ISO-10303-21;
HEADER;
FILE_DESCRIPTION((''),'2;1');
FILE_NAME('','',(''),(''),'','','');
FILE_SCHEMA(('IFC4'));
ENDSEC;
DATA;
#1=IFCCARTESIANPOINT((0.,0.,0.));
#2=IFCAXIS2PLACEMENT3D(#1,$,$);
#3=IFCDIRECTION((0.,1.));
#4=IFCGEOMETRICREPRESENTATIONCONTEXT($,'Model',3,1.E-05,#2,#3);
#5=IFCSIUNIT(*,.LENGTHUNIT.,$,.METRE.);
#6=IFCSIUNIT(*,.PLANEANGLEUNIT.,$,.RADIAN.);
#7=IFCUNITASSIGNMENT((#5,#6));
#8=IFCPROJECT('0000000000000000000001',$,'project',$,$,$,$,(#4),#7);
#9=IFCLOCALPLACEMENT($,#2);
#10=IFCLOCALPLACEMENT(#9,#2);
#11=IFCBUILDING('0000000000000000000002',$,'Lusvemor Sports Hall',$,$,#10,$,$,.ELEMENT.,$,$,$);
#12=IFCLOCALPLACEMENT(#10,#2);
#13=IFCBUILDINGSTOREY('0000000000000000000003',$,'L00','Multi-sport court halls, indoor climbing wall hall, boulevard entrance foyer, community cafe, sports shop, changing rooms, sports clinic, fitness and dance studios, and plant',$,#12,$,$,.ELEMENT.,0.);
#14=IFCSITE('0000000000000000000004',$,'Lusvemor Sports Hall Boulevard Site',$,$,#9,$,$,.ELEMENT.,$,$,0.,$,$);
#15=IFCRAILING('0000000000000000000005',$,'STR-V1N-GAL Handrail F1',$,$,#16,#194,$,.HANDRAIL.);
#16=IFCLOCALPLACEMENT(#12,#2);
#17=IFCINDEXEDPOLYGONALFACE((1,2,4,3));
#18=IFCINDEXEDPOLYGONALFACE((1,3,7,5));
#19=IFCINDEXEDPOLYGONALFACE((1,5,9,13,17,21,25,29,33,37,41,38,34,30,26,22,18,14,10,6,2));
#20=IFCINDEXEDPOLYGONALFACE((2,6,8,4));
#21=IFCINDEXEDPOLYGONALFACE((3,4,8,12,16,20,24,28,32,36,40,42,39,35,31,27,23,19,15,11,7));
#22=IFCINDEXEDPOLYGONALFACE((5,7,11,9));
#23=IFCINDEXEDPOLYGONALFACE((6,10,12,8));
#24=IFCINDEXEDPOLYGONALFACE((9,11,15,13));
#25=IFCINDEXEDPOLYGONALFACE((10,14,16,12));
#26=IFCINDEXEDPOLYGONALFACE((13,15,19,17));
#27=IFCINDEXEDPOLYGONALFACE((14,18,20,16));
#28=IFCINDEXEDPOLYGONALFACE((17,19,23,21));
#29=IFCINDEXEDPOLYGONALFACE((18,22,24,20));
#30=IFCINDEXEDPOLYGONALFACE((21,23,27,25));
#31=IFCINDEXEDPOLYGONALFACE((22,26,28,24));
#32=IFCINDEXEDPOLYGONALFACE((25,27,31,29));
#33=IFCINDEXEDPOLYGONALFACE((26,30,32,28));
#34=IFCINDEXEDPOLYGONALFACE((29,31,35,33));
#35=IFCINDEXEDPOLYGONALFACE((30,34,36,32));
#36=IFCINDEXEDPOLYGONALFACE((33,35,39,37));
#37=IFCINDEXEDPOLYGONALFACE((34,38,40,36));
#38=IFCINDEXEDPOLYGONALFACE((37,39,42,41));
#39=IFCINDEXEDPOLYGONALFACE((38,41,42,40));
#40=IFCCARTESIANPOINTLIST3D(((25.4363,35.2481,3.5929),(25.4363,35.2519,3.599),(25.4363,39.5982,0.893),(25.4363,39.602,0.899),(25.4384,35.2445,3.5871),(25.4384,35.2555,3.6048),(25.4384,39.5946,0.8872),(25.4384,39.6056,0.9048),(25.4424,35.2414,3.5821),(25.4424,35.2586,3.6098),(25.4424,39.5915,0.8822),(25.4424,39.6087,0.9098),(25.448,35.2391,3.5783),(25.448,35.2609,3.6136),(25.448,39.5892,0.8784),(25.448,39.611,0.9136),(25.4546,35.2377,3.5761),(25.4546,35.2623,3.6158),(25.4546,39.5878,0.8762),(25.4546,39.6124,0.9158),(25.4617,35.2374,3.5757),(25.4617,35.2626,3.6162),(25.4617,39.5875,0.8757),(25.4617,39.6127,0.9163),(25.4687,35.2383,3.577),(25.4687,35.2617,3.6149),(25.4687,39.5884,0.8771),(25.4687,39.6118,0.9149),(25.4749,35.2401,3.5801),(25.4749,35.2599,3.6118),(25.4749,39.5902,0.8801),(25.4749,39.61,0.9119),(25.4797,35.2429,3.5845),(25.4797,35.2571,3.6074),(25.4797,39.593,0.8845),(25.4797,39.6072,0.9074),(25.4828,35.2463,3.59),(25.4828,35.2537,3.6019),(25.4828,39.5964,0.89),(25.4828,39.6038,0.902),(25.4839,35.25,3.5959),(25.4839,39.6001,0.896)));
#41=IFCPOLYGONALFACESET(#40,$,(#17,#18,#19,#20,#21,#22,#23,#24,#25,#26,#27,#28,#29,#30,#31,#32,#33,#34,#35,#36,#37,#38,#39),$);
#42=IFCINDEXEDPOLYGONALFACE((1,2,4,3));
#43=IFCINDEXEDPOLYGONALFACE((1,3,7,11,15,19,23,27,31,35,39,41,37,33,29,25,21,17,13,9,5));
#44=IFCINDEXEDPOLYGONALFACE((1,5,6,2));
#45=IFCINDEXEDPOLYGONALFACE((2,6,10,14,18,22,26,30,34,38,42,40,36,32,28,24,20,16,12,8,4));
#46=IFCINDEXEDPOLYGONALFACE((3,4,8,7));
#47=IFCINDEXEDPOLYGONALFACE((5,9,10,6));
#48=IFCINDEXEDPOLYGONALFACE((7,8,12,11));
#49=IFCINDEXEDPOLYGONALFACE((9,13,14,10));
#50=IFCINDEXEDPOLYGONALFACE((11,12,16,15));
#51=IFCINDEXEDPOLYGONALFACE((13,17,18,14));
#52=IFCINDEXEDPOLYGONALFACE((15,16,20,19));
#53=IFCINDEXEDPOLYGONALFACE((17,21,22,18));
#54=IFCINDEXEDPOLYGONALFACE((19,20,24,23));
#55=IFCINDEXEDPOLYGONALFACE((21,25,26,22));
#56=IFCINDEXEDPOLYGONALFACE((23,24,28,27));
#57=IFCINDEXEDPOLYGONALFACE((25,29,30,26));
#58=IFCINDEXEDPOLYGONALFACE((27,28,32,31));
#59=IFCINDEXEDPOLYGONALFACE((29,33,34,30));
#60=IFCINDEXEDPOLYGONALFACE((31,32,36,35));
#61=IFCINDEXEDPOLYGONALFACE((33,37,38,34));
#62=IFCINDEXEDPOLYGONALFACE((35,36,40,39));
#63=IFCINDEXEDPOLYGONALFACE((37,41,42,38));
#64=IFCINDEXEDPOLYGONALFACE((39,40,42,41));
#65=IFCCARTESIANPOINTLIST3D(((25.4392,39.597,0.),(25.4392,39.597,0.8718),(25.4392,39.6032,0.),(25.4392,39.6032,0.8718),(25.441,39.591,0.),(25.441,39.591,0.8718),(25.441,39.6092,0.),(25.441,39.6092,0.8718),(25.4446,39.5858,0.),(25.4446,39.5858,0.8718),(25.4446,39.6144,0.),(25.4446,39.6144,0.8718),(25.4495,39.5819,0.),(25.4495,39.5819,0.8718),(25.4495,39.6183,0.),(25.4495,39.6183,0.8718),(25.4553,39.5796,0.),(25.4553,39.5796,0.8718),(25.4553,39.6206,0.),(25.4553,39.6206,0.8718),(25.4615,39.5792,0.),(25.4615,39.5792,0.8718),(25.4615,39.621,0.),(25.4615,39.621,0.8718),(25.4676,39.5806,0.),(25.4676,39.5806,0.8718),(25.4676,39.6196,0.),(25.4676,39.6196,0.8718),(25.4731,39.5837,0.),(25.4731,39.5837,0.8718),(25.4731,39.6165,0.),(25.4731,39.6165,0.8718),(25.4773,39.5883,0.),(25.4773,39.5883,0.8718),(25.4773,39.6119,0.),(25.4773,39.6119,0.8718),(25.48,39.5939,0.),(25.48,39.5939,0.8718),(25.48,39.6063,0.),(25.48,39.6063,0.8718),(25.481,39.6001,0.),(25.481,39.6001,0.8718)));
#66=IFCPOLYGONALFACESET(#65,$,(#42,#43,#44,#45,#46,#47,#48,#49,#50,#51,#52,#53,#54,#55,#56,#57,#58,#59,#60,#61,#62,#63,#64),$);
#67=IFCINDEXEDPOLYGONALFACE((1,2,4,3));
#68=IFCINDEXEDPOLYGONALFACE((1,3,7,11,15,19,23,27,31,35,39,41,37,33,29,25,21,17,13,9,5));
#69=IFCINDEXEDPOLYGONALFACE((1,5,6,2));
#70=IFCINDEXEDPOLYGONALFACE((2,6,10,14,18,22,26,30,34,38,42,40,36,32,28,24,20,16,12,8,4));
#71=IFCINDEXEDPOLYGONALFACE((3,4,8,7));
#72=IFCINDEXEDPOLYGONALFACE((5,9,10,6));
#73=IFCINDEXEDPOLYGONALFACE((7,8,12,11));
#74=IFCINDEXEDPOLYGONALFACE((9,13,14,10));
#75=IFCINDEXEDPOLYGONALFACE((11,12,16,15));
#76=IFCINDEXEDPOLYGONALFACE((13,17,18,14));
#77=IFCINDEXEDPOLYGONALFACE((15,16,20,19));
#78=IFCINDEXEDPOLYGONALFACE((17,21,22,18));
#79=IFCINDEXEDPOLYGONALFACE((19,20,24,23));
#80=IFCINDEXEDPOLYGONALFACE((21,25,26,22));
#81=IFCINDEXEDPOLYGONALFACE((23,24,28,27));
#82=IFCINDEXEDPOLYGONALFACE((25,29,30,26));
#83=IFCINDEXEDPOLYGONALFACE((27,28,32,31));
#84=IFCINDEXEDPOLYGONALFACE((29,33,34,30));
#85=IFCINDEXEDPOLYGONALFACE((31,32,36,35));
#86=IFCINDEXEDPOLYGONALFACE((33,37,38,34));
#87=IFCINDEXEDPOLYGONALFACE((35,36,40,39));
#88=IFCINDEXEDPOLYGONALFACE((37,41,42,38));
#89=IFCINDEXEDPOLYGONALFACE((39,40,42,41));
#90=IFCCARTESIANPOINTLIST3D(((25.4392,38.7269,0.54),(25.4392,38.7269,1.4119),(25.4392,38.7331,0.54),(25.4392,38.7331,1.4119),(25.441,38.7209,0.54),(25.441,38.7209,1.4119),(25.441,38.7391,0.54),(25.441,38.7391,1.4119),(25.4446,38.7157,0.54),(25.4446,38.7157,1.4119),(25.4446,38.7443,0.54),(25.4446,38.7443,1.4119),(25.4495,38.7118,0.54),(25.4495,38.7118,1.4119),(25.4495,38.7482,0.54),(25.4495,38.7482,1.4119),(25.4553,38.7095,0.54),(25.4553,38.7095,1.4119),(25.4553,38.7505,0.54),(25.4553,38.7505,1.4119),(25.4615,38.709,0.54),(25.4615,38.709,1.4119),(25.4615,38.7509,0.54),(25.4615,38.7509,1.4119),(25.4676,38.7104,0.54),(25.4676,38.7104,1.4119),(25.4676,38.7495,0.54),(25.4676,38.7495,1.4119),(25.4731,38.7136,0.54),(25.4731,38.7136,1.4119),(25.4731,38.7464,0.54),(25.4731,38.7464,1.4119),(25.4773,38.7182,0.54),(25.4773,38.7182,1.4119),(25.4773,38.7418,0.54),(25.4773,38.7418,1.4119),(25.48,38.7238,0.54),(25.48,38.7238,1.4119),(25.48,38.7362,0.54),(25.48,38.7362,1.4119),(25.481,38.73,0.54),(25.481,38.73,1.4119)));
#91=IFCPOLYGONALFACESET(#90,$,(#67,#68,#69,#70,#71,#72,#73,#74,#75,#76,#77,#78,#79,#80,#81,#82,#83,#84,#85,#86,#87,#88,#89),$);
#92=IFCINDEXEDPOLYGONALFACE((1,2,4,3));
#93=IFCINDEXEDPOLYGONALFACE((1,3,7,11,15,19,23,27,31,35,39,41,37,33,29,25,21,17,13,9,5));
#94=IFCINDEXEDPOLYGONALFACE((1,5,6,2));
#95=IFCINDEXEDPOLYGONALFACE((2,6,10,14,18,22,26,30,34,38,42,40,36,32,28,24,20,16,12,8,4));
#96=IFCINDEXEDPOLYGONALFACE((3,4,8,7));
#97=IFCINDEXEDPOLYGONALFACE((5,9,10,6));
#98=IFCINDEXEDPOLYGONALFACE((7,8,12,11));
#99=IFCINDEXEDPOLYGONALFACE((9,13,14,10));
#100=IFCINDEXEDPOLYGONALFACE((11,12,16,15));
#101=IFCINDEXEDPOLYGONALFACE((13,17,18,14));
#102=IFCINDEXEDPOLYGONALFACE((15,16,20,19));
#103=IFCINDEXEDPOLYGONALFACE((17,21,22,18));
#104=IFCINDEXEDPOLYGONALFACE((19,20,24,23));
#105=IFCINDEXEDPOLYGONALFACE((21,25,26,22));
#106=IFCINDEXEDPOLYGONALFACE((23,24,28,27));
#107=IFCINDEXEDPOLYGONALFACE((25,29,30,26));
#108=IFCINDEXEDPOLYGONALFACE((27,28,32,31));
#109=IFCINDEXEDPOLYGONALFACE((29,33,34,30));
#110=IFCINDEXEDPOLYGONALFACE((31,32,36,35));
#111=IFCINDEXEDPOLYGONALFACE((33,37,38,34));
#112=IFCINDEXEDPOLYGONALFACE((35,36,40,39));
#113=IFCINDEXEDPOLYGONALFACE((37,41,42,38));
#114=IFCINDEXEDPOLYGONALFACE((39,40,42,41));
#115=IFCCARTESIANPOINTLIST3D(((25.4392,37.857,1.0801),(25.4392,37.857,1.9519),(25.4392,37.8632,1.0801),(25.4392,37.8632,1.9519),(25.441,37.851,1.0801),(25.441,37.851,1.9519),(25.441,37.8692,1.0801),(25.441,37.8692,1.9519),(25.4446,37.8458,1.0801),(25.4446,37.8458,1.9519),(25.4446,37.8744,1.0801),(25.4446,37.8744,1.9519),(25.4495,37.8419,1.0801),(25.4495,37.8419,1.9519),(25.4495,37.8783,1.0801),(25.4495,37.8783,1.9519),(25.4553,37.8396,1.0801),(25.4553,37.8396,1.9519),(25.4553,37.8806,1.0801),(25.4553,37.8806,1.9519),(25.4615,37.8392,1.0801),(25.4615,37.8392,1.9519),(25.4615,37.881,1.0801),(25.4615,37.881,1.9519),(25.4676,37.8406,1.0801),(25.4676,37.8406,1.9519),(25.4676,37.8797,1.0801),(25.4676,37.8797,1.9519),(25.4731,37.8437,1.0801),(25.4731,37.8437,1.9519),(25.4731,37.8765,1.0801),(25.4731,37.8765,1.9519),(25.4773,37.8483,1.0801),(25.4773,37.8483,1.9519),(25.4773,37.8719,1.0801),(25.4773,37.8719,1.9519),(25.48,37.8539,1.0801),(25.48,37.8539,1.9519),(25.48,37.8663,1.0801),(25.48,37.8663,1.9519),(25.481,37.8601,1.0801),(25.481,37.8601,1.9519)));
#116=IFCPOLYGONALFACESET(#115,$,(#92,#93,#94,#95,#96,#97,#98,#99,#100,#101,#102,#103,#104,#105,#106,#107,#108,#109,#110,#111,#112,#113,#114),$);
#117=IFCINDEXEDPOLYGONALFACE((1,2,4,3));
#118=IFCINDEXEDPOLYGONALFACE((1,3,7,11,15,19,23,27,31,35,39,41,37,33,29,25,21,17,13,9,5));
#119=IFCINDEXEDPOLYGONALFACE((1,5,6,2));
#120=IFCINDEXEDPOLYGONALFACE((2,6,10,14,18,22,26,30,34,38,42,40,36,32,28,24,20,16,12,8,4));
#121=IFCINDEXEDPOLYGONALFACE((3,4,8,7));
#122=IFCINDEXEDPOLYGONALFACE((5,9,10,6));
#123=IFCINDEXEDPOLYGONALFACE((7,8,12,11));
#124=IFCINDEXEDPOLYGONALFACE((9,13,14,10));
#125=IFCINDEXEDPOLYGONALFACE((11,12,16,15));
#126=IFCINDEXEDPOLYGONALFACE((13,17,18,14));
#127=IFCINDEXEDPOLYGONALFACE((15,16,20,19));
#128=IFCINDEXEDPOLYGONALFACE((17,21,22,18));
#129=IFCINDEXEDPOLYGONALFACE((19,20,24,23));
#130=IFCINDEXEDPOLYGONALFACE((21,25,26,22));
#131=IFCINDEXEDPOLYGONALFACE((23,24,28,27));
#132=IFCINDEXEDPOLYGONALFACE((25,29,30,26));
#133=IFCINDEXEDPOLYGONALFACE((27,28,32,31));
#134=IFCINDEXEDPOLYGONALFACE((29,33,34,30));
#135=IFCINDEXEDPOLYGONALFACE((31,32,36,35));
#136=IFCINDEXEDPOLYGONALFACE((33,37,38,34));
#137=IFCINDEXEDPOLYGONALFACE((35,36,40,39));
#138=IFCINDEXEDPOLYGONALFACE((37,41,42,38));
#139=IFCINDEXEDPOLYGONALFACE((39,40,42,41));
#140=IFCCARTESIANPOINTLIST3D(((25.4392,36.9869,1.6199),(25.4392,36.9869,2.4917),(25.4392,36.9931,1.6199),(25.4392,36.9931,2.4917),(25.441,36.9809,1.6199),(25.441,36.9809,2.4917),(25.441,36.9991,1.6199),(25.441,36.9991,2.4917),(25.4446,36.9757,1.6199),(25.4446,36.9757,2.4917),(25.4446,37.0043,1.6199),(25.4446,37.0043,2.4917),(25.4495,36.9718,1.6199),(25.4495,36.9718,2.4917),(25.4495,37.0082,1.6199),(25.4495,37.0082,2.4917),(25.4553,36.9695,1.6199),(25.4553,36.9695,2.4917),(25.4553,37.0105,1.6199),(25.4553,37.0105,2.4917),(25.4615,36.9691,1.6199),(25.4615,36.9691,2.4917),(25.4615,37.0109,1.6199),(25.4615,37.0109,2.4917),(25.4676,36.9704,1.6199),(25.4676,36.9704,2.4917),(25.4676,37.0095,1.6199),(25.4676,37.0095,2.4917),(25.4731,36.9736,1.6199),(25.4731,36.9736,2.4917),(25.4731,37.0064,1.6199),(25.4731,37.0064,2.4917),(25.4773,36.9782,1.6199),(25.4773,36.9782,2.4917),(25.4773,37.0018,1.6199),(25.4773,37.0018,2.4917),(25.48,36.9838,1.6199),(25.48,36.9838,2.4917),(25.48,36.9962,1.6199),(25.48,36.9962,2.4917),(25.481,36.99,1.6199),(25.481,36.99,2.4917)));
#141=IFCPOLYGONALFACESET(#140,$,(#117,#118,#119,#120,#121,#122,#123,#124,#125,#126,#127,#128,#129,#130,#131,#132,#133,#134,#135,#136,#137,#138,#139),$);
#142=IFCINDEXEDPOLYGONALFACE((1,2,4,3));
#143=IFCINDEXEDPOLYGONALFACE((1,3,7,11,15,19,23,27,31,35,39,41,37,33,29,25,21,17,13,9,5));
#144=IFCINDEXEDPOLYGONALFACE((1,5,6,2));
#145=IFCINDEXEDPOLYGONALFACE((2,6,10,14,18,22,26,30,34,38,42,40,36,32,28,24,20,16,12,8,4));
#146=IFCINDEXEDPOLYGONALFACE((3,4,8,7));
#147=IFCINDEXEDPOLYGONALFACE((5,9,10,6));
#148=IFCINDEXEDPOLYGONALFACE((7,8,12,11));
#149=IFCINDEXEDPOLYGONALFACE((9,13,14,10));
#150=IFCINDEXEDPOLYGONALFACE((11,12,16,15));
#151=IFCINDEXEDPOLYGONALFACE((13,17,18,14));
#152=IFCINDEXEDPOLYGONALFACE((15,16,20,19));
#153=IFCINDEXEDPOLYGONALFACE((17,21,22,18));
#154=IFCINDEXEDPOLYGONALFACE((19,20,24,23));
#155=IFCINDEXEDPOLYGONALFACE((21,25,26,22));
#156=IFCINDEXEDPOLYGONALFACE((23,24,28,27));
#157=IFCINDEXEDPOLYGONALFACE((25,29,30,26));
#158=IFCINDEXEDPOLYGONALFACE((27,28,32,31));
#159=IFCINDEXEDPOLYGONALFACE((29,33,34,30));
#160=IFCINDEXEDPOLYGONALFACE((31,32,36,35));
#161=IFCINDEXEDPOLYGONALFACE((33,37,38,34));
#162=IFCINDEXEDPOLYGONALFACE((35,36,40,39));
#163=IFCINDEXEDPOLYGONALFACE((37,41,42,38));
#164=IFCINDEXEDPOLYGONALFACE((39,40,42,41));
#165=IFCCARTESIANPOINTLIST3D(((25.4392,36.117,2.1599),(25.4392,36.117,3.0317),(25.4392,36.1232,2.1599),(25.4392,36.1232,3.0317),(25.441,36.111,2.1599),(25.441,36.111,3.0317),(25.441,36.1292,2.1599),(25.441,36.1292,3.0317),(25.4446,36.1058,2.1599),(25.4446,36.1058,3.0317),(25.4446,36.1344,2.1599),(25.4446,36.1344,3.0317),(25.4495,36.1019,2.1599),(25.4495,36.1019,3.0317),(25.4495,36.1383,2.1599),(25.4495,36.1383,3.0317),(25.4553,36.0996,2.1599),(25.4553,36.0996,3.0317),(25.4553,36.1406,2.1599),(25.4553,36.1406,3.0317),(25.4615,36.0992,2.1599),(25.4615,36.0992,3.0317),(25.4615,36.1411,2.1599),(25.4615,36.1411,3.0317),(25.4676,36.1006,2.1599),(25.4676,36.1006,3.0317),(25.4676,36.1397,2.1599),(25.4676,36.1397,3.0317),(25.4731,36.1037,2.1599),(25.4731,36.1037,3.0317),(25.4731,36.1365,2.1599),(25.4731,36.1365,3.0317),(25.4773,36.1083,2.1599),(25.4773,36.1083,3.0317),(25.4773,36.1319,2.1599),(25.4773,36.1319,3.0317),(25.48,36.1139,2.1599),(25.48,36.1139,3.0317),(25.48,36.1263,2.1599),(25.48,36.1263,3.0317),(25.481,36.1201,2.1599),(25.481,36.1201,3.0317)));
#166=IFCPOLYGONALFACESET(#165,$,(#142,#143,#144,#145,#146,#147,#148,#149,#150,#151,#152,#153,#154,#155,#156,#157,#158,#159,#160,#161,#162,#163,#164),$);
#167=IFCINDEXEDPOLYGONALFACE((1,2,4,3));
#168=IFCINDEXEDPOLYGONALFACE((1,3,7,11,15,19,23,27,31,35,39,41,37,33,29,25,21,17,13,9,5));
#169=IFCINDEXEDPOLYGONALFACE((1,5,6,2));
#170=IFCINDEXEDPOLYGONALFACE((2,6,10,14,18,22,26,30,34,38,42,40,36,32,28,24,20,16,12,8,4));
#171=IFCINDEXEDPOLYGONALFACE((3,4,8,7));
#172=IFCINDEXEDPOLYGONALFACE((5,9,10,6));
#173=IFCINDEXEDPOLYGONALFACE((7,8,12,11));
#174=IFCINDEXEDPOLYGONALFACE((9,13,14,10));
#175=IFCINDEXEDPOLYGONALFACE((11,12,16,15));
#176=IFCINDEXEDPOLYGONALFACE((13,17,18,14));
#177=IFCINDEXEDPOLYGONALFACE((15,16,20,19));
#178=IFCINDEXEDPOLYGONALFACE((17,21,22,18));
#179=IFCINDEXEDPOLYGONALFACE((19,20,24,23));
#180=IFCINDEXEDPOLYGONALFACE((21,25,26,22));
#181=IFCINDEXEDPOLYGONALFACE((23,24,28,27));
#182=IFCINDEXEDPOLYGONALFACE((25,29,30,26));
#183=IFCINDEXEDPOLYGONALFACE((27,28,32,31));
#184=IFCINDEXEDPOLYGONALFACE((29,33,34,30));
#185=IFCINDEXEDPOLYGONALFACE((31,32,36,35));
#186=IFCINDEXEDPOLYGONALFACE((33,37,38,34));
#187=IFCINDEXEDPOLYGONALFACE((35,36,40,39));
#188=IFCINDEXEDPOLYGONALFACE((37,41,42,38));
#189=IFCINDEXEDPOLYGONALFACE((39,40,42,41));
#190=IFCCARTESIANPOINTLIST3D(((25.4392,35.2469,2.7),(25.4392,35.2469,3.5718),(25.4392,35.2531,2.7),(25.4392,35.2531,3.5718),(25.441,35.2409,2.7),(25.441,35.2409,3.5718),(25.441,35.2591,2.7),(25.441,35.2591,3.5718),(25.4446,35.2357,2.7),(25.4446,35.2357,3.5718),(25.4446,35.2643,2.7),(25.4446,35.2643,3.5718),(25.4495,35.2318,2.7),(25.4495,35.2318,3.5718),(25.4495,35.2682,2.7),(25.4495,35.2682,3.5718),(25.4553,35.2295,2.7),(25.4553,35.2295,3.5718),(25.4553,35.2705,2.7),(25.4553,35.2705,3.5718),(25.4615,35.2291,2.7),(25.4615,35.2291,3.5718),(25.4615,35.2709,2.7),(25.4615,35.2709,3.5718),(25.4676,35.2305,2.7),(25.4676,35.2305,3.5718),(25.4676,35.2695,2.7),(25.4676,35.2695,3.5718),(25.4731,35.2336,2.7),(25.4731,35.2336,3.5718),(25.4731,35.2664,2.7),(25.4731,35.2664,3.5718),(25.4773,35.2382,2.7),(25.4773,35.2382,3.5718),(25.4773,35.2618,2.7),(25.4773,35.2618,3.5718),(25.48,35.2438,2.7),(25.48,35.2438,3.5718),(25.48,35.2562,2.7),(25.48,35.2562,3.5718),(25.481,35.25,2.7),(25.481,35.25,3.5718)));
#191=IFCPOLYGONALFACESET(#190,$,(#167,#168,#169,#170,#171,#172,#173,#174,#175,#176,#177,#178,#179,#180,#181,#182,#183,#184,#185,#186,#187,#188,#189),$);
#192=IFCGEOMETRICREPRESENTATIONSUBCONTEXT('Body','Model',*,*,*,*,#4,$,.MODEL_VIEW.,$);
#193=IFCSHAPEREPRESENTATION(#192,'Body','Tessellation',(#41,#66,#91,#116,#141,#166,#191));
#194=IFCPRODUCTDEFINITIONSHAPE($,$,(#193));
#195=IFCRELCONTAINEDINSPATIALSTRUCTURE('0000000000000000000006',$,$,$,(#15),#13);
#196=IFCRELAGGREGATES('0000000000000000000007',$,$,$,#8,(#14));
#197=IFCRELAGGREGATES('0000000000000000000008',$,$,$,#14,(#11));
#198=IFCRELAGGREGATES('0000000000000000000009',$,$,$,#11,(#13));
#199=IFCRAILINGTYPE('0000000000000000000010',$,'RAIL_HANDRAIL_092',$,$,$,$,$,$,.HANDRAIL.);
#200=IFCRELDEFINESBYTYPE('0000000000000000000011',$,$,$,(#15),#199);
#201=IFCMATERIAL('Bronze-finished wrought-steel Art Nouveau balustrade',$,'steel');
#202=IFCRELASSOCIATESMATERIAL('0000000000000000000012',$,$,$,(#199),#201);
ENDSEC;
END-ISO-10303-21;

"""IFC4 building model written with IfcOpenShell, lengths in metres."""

from ifc_helpers import new_model, si_unit, direction, frame, origin, origin_2d, place, context, subcontext, project, spatial, circle, extrude, material, type_object, element, save


model = new_model("IFC4")

# Units and contexts
model_context = context("Model", 3, precision=1e-05, world=origin(), true_north=direction((0.0, 1.0)))
body_context = subcontext(model_context, "Body", "Model", "MODEL_VIEW")
ifc_project = project(units=[si_unit("LENGTHUNIT", "METRE"), si_unit("PLANEANGLEUNIT", "RADIAN")], contexts=[model_context])

# Site, building, storey
site_placement = place(None, origin())
site = spatial("IfcSite", under=ifc_project, at=site_placement, Name="Lusvemor Sports Hall Boulevard Site", CompositionType="ELEMENT", RefElevation=0.0)
building_placement = place(site_placement, origin())
building = spatial("IfcBuilding", under=site, at=building_placement, Name="Lusvemor Sports Hall", CompositionType="ELEMENT")
storey_placement = place(building_placement, origin())
storey = spatial("IfcBuildingStorey", under=building, at=storey_placement, Name="L00", Description="Multi-sport court halls, indoor climbing wall hall, boulevard entrance foyer, community cafe, sports shop, changing rooms, sports clinic, fitness and dance studios, and plant", CompositionType="ELEMENT", Elevation=0.0)

# Railing
ifc_material_1 = material(Name="Bronze-finished wrought-steel Art Nouveau balustrade", Category="steel")
railing_type_1 = type_object("IfcRailingType", Name="RAIL_HANDRAIL_092", PredefinedType="HANDRAIL", material=ifc_material_1)
railing_1_placement = place(storey_placement, frame((25.46, 39.6001, 0.0)))
element("IfcRailing", 1, at=railing_1_placement, inside=storey, type_object=railing_type_1, Name="STR-V1N-GAL Handrail F1", PredefinedType="HANDRAIL", context=body_context, shape_type="SweptSolid", body=[
    extrude(circle(Radius=0.0239, at=origin_2d()), frame((0.0, 0.0, 0.896), z_axis=(0.0, -0.84965, 0.527347), x_axis=(1.0, 0.0, 0.0)), (0.0, 0.0, 1.0), 5.1199),
    extrude(circle(Radius=0.021, at=origin_2d()), origin(), (0.0, 0.0, 1.0), 0.8718),
    extrude(circle(Radius=0.021, at=origin_2d()), frame((0.0, -0.8701, 0.54)), (0.0, 0.0, 1.0), 0.8718),
    extrude(circle(Radius=0.021, at=origin_2d()), frame((0.0, -1.74, 1.0801)), (0.0, 0.0, 1.0), 0.8718),
    extrude(circle(Radius=0.021, at=origin_2d()), frame((0.0, -2.6101, 1.6199)), (0.0, 0.0, 1.0), 0.8718),
    extrude(circle(Radius=0.021, at=origin_2d()), frame((0.0, -3.48, 2.1599)), (0.0, 0.0, 1.0), 0.8718),
    extrude(circle(Radius=0.021, at=origin_2d()), frame((0.0, -4.3501, 2.7)), (0.0, 0.0, 1.0), 0.8718),
])

save(model, "model.ifc")
